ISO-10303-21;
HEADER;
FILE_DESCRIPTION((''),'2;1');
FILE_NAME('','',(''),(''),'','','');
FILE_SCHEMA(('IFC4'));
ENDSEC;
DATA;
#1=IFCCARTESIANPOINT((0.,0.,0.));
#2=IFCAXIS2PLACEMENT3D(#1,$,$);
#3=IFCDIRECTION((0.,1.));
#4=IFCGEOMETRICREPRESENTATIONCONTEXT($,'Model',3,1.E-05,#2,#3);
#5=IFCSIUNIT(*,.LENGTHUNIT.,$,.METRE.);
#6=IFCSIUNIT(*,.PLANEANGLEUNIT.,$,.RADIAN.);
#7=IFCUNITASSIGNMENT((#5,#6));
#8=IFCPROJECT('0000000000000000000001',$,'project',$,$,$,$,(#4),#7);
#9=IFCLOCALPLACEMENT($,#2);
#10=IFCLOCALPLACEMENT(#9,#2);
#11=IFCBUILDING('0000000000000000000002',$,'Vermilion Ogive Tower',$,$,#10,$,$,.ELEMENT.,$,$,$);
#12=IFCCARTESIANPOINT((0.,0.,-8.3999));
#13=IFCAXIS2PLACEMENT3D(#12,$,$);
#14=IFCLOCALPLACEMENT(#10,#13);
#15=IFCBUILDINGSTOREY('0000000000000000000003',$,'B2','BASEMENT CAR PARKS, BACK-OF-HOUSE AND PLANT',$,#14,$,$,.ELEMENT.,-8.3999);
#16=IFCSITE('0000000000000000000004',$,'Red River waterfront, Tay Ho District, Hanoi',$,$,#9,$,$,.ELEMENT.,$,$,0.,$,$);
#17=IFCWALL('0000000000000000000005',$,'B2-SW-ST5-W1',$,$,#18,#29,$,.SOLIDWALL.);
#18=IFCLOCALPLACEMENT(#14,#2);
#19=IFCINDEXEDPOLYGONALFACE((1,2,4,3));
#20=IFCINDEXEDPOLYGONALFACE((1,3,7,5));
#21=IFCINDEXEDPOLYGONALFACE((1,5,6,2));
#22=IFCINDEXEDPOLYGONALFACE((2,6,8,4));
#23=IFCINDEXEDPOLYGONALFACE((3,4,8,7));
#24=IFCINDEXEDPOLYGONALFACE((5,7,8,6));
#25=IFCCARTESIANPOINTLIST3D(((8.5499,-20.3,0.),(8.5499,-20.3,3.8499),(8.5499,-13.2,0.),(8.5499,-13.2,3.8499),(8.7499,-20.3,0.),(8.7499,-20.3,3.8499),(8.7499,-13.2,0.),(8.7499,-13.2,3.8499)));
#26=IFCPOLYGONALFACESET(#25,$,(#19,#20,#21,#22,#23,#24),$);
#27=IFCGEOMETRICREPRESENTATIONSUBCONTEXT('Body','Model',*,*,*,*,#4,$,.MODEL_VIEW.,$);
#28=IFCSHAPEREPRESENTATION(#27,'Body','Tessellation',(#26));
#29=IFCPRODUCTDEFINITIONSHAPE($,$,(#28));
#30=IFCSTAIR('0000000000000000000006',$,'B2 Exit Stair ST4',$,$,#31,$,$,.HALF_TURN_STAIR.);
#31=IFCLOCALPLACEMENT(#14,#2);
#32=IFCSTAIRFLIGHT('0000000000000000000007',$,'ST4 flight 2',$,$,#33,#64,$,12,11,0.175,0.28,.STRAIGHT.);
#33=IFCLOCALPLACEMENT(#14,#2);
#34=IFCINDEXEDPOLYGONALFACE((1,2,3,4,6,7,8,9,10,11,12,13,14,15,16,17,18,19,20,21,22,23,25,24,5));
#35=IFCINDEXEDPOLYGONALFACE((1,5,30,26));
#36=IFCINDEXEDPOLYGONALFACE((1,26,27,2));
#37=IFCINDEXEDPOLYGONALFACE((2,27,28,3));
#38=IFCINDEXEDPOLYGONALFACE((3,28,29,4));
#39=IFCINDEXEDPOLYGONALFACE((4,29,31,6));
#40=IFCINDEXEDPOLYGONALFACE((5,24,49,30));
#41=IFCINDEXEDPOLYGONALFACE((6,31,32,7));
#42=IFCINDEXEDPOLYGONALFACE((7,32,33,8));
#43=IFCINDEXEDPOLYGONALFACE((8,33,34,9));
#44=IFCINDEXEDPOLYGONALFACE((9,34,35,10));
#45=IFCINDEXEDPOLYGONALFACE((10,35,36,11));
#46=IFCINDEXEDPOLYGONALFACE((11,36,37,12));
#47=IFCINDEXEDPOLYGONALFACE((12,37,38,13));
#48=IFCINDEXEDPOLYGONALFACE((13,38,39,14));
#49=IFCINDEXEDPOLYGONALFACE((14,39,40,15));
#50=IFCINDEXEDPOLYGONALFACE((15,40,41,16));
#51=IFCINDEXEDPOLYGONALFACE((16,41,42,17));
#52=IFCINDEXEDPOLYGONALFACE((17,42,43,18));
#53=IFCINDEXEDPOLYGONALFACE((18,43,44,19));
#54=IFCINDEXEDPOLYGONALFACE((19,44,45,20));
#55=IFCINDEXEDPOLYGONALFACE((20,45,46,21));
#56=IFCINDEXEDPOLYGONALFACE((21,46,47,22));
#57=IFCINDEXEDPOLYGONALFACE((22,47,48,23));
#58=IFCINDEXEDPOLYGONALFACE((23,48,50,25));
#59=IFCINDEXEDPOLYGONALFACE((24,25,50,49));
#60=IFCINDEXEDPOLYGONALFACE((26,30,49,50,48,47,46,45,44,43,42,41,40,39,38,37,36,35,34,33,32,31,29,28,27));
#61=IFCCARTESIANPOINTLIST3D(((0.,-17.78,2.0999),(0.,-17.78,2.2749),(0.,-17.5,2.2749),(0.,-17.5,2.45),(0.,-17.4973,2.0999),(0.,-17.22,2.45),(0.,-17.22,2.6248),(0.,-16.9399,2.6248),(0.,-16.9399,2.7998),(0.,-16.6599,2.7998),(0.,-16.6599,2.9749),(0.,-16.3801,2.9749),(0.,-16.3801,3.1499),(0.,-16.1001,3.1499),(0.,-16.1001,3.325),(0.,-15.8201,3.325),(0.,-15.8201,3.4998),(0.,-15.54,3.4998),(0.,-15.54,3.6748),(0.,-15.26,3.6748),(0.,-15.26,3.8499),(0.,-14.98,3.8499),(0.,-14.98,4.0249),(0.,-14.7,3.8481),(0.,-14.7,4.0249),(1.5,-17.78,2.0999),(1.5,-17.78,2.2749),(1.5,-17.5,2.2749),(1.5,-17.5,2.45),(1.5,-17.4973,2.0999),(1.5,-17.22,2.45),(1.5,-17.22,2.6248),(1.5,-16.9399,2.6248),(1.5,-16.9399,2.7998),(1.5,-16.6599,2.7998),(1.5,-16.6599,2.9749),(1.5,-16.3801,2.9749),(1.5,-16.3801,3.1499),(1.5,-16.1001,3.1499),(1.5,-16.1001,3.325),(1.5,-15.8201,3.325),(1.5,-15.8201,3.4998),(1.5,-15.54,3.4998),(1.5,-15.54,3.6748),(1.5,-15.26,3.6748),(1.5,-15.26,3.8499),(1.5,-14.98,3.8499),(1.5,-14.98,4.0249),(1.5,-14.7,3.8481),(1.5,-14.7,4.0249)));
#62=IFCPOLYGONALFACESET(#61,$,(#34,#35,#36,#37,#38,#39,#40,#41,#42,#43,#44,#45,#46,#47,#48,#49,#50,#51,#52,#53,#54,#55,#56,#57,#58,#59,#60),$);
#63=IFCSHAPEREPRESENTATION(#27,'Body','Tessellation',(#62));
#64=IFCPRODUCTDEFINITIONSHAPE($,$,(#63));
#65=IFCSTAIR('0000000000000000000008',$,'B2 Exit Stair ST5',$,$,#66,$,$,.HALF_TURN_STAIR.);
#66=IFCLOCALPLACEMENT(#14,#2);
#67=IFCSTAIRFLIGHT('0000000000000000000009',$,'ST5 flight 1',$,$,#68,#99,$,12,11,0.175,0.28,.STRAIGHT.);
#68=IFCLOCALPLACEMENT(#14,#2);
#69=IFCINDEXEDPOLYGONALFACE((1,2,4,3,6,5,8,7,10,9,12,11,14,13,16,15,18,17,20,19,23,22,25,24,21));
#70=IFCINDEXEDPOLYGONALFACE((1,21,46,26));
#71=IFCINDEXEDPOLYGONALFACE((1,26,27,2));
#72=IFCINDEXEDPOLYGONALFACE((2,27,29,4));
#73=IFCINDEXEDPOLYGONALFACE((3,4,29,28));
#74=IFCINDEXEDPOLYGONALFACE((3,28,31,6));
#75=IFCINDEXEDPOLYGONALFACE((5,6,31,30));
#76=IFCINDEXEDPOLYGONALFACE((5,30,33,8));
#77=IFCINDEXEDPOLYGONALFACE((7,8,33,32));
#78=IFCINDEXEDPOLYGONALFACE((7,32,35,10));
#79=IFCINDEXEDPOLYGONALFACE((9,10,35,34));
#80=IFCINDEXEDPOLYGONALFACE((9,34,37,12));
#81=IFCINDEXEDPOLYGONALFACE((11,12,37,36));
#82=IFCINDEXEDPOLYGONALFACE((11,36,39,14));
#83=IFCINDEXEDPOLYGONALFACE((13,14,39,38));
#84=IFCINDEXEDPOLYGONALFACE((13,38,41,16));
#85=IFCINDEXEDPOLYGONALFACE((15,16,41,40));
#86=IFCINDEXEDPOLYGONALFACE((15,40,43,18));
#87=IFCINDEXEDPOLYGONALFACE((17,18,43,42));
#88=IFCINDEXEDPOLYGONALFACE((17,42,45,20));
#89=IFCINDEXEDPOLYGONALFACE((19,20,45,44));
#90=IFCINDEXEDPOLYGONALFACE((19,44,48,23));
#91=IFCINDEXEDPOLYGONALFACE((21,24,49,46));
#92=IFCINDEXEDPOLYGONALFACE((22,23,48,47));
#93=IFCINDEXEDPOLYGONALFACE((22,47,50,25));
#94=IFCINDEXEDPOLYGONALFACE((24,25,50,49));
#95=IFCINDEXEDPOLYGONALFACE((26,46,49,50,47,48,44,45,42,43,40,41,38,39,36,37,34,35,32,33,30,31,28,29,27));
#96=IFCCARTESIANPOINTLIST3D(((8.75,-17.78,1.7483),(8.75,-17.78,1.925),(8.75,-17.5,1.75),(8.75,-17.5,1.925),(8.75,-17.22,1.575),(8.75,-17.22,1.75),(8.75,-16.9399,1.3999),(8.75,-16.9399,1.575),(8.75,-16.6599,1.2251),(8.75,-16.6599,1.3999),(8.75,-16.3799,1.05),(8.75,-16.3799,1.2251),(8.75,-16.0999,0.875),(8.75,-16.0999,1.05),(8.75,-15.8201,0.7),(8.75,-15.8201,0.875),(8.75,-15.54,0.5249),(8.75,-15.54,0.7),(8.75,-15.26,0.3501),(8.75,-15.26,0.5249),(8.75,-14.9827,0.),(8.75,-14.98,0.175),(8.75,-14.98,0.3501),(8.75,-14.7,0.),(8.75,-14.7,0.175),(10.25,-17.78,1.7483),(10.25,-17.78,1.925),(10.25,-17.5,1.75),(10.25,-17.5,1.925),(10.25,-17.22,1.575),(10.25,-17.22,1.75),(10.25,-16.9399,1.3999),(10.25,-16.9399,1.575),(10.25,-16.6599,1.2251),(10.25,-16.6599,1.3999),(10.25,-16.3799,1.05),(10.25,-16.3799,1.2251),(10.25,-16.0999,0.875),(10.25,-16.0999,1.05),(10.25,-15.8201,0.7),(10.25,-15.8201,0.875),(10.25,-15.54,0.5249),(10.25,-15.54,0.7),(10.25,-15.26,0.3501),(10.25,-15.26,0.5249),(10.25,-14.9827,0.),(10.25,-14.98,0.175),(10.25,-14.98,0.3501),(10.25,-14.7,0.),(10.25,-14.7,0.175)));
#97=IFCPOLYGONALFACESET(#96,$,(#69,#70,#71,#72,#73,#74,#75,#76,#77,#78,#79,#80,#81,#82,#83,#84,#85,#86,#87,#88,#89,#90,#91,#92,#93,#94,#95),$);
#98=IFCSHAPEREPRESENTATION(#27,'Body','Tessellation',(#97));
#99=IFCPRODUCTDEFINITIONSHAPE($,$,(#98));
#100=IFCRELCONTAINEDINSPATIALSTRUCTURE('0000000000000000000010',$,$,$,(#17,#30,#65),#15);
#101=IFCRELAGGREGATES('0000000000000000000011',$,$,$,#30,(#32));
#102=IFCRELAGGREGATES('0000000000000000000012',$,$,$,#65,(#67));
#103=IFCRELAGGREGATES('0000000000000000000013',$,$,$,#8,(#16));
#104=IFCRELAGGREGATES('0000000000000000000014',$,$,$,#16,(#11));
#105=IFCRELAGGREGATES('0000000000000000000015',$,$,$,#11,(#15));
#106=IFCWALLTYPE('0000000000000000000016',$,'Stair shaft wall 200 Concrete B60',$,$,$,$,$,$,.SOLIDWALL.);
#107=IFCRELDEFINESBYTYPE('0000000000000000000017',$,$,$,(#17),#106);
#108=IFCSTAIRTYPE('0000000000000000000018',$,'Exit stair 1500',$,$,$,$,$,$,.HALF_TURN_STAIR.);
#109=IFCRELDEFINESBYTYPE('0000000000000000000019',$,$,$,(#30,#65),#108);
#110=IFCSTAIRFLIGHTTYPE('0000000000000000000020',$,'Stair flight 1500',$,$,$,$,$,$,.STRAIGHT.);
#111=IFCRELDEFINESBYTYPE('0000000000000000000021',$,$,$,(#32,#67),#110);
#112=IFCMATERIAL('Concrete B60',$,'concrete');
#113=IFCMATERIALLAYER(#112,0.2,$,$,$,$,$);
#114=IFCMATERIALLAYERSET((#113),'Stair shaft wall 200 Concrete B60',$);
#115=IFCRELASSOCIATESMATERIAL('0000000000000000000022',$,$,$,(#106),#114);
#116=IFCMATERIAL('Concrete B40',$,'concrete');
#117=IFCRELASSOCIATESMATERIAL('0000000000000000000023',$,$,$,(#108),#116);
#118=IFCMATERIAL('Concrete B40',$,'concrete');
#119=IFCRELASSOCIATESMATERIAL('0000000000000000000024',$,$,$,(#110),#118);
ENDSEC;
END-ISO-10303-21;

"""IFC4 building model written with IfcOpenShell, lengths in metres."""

from ifc_helpers import new_model, si_unit, direction, frame, frame_2d, origin, place, context, subcontext, project, spatial, polyline, rectangle, outline, extrude, material, layer, layer_set, type_object, element, aggregate, save


model = new_model("IFC4")

# Units and contexts
model_context = context("Model", 3, precision=1e-05, world=origin(), true_north=direction((0.0, 1.0)))
body_context = subcontext(model_context, "Body", "Model", "MODEL_VIEW")
ifc_project = project(units=[si_unit("LENGTHUNIT", "METRE"), si_unit("PLANEANGLEUNIT", "RADIAN")], contexts=[model_context])

# Site, building, storey
site_placement = place(None, origin())
site = spatial("IfcSite", under=ifc_project, at=site_placement, Name="Red River waterfront, Tay Ho District, Hanoi", CompositionType="ELEMENT", RefElevation=0.0)
building_placement = place(site_placement, origin())
building = spatial("IfcBuilding", under=site, at=building_placement, Name="Vermilion Ogive Tower", CompositionType="ELEMENT")
storey_placement = place(building_placement, frame((0.0, 0.0, -8.3999)))
storey = spatial("IfcBuildingStorey", under=building, at=storey_placement, Name="B2", Description="BASEMENT CAR PARKS, BACK-OF-HOUSE AND PLANT", CompositionType="ELEMENT", Elevation=-8.3999)

# Wall
ifc_material_1 = material(Name="Concrete B60", Category="concrete")
ifc_layer_1 = layer(ifc_material_1, 0.2)
ifc_layer_set_1 = layer_set([ifc_layer_1], Name="Stair shaft wall 200 Concrete B60")
wall_type_1 = type_object("IfcWallType", Name="Stair shaft wall 200 Concrete B60", PredefinedType="SOLIDWALL", material=ifc_layer_set_1)
wall_1_placement = place(storey_placement, frame((8.6499, -20.3, 0.0), z_axis=(0.0, 0.0, 1.0), x_axis=(0.0, 1.0, 0.0)))
element("IfcWall", 1, at=wall_1_placement, inside=storey, type_object=wall_type_1, Name="B2-SW-ST5-W1", PredefinedType="SOLIDWALL", context=body_context, shape_type="SweptSolid", body=[
    extrude(rectangle(XDim=7.1001, YDim=0.2, at=frame_2d((3.55, 0.0))), origin(), (0.0, 0.0, 1.0), 3.8499),
])

# Stairs, stair flights
ifc_material_2 = material(Name="Concrete B40", Category="concrete")
stair_type = type_object("IfcStairType", Name="Exit stair 1500", PredefinedType="HALF_TURN_STAIR", material=ifc_material_2)
stair_1_placement = place(storey_placement, origin())
stair_1 = element("IfcStair", 2, at=stair_1_placement, inside=storey, type_object=stair_type, Name="B2 Exit Stair ST4", PredefinedType="HALF_TURN_STAIR")
ifc_material_3 = material(Name="Concrete B40", Category="concrete")
stair_flight_type = type_object("IfcStairFlightType", Name="Stair flight 1500", PredefinedType="STRAIGHT", material=ifc_material_3)
stair_flight_1_placement = place(storey_placement, frame((0.75, -17.78, 2.0999), z_axis=(0.0, 0.0, 1.0), x_axis=(0.0, 1.0, 0.0)))
stair_flight_1 = element("IfcStairFlight", 3, at=stair_flight_1_placement, type_object=stair_flight_type, Name="ST4 flight 2", NumberOfRisers=12, NumberOfTreads=11, PredefinedType="STRAIGHT", RiserHeight=0.175, TreadLength=0.28, context=body_context, shape_type="SweptSolid", body=[
    extrude(outline(polyline([(0.0, 0.0), (0.0, 0.175), (0.28, 0.175), (0.28, 0.3501), (0.5601, 0.3501), (0.5601, 0.5249), (0.8401, 0.5249), (0.8401, 0.7), (1.1201, 0.7), (1.1201, 0.875), (1.3999, 0.875), (1.3999, 1.05), (1.6799, 1.05), (1.6799, 1.2251), (1.96, 1.2251), (1.96, 1.3999), (2.24, 1.3999), (2.24, 1.575), (2.52, 1.575), (2.52, 1.75), (2.8, 1.75), (2.8, 1.925), (3.0801, 1.925), (3.0801, 2.1001), (3.0801, 1.7483), (0.2827, 0.0), (0.0, 0.0)])), frame((0.0, 0.75, 0.0), z_axis=(0.0, -1.0, 0.0), x_axis=(1.0, 0.0, 0.0)), (0.0, 0.0, 1.0), 1.5),
])
aggregate(stair_1, [stair_flight_1])
stair_2_placement = place(storey_placement, origin())
stair_2 = element("IfcStair", 4, at=stair_2_placement, inside=storey, type_object=stair_type, Name="B2 Exit Stair ST5", PredefinedType="HALF_TURN_STAIR")
stair_flight_2_placement = place(storey_placement, frame((9.5, -14.7, 0.0), z_axis=(0.0, 0.0, 1.0), x_axis=(0.0, -1.0, 0.0)))
stair_flight_2 = element("IfcStairFlight", 5, at=stair_flight_2_placement, type_object=stair_flight_type, Name="ST5 flight 1", NumberOfRisers=12, NumberOfTreads=11, PredefinedType="STRAIGHT", RiserHeight=0.175, TreadLength=0.28, context=body_context, shape_type="SweptSolid", body=[
    extrude(outline(polyline([(0.0, 0.0), (0.0, 0.175), (0.28, 0.175), (0.28, 0.3501), (0.5601, 0.3501), (0.5601, 0.5249), (0.8401, 0.5249), (0.8401, 0.7), (1.1201, 0.7), (1.1201, 0.875), (1.3999, 0.875), (1.3999, 1.05), (1.6799, 1.05), (1.6799, 1.2251), (1.96, 1.2251), (1.96, 1.3999), (2.24, 1.3999), (2.24, 1.575), (2.52, 1.575), (2.52, 1.75), (2.8, 1.75), (2.8, 1.925), (3.0801, 1.925), (3.0801, 2.1001), (3.0801, 1.7483), (0.2827, 0.0), (0.0, 0.0)])), frame((0.0, 0.75, 0.0), z_axis=(0.0, -1.0, 0.0), x_axis=(1.0, 0.0, 0.0)), (0.0, 0.0, 1.0), 1.5),
])
aggregate(stair_2, [stair_flight_2])

save(model, "model.ifc")
